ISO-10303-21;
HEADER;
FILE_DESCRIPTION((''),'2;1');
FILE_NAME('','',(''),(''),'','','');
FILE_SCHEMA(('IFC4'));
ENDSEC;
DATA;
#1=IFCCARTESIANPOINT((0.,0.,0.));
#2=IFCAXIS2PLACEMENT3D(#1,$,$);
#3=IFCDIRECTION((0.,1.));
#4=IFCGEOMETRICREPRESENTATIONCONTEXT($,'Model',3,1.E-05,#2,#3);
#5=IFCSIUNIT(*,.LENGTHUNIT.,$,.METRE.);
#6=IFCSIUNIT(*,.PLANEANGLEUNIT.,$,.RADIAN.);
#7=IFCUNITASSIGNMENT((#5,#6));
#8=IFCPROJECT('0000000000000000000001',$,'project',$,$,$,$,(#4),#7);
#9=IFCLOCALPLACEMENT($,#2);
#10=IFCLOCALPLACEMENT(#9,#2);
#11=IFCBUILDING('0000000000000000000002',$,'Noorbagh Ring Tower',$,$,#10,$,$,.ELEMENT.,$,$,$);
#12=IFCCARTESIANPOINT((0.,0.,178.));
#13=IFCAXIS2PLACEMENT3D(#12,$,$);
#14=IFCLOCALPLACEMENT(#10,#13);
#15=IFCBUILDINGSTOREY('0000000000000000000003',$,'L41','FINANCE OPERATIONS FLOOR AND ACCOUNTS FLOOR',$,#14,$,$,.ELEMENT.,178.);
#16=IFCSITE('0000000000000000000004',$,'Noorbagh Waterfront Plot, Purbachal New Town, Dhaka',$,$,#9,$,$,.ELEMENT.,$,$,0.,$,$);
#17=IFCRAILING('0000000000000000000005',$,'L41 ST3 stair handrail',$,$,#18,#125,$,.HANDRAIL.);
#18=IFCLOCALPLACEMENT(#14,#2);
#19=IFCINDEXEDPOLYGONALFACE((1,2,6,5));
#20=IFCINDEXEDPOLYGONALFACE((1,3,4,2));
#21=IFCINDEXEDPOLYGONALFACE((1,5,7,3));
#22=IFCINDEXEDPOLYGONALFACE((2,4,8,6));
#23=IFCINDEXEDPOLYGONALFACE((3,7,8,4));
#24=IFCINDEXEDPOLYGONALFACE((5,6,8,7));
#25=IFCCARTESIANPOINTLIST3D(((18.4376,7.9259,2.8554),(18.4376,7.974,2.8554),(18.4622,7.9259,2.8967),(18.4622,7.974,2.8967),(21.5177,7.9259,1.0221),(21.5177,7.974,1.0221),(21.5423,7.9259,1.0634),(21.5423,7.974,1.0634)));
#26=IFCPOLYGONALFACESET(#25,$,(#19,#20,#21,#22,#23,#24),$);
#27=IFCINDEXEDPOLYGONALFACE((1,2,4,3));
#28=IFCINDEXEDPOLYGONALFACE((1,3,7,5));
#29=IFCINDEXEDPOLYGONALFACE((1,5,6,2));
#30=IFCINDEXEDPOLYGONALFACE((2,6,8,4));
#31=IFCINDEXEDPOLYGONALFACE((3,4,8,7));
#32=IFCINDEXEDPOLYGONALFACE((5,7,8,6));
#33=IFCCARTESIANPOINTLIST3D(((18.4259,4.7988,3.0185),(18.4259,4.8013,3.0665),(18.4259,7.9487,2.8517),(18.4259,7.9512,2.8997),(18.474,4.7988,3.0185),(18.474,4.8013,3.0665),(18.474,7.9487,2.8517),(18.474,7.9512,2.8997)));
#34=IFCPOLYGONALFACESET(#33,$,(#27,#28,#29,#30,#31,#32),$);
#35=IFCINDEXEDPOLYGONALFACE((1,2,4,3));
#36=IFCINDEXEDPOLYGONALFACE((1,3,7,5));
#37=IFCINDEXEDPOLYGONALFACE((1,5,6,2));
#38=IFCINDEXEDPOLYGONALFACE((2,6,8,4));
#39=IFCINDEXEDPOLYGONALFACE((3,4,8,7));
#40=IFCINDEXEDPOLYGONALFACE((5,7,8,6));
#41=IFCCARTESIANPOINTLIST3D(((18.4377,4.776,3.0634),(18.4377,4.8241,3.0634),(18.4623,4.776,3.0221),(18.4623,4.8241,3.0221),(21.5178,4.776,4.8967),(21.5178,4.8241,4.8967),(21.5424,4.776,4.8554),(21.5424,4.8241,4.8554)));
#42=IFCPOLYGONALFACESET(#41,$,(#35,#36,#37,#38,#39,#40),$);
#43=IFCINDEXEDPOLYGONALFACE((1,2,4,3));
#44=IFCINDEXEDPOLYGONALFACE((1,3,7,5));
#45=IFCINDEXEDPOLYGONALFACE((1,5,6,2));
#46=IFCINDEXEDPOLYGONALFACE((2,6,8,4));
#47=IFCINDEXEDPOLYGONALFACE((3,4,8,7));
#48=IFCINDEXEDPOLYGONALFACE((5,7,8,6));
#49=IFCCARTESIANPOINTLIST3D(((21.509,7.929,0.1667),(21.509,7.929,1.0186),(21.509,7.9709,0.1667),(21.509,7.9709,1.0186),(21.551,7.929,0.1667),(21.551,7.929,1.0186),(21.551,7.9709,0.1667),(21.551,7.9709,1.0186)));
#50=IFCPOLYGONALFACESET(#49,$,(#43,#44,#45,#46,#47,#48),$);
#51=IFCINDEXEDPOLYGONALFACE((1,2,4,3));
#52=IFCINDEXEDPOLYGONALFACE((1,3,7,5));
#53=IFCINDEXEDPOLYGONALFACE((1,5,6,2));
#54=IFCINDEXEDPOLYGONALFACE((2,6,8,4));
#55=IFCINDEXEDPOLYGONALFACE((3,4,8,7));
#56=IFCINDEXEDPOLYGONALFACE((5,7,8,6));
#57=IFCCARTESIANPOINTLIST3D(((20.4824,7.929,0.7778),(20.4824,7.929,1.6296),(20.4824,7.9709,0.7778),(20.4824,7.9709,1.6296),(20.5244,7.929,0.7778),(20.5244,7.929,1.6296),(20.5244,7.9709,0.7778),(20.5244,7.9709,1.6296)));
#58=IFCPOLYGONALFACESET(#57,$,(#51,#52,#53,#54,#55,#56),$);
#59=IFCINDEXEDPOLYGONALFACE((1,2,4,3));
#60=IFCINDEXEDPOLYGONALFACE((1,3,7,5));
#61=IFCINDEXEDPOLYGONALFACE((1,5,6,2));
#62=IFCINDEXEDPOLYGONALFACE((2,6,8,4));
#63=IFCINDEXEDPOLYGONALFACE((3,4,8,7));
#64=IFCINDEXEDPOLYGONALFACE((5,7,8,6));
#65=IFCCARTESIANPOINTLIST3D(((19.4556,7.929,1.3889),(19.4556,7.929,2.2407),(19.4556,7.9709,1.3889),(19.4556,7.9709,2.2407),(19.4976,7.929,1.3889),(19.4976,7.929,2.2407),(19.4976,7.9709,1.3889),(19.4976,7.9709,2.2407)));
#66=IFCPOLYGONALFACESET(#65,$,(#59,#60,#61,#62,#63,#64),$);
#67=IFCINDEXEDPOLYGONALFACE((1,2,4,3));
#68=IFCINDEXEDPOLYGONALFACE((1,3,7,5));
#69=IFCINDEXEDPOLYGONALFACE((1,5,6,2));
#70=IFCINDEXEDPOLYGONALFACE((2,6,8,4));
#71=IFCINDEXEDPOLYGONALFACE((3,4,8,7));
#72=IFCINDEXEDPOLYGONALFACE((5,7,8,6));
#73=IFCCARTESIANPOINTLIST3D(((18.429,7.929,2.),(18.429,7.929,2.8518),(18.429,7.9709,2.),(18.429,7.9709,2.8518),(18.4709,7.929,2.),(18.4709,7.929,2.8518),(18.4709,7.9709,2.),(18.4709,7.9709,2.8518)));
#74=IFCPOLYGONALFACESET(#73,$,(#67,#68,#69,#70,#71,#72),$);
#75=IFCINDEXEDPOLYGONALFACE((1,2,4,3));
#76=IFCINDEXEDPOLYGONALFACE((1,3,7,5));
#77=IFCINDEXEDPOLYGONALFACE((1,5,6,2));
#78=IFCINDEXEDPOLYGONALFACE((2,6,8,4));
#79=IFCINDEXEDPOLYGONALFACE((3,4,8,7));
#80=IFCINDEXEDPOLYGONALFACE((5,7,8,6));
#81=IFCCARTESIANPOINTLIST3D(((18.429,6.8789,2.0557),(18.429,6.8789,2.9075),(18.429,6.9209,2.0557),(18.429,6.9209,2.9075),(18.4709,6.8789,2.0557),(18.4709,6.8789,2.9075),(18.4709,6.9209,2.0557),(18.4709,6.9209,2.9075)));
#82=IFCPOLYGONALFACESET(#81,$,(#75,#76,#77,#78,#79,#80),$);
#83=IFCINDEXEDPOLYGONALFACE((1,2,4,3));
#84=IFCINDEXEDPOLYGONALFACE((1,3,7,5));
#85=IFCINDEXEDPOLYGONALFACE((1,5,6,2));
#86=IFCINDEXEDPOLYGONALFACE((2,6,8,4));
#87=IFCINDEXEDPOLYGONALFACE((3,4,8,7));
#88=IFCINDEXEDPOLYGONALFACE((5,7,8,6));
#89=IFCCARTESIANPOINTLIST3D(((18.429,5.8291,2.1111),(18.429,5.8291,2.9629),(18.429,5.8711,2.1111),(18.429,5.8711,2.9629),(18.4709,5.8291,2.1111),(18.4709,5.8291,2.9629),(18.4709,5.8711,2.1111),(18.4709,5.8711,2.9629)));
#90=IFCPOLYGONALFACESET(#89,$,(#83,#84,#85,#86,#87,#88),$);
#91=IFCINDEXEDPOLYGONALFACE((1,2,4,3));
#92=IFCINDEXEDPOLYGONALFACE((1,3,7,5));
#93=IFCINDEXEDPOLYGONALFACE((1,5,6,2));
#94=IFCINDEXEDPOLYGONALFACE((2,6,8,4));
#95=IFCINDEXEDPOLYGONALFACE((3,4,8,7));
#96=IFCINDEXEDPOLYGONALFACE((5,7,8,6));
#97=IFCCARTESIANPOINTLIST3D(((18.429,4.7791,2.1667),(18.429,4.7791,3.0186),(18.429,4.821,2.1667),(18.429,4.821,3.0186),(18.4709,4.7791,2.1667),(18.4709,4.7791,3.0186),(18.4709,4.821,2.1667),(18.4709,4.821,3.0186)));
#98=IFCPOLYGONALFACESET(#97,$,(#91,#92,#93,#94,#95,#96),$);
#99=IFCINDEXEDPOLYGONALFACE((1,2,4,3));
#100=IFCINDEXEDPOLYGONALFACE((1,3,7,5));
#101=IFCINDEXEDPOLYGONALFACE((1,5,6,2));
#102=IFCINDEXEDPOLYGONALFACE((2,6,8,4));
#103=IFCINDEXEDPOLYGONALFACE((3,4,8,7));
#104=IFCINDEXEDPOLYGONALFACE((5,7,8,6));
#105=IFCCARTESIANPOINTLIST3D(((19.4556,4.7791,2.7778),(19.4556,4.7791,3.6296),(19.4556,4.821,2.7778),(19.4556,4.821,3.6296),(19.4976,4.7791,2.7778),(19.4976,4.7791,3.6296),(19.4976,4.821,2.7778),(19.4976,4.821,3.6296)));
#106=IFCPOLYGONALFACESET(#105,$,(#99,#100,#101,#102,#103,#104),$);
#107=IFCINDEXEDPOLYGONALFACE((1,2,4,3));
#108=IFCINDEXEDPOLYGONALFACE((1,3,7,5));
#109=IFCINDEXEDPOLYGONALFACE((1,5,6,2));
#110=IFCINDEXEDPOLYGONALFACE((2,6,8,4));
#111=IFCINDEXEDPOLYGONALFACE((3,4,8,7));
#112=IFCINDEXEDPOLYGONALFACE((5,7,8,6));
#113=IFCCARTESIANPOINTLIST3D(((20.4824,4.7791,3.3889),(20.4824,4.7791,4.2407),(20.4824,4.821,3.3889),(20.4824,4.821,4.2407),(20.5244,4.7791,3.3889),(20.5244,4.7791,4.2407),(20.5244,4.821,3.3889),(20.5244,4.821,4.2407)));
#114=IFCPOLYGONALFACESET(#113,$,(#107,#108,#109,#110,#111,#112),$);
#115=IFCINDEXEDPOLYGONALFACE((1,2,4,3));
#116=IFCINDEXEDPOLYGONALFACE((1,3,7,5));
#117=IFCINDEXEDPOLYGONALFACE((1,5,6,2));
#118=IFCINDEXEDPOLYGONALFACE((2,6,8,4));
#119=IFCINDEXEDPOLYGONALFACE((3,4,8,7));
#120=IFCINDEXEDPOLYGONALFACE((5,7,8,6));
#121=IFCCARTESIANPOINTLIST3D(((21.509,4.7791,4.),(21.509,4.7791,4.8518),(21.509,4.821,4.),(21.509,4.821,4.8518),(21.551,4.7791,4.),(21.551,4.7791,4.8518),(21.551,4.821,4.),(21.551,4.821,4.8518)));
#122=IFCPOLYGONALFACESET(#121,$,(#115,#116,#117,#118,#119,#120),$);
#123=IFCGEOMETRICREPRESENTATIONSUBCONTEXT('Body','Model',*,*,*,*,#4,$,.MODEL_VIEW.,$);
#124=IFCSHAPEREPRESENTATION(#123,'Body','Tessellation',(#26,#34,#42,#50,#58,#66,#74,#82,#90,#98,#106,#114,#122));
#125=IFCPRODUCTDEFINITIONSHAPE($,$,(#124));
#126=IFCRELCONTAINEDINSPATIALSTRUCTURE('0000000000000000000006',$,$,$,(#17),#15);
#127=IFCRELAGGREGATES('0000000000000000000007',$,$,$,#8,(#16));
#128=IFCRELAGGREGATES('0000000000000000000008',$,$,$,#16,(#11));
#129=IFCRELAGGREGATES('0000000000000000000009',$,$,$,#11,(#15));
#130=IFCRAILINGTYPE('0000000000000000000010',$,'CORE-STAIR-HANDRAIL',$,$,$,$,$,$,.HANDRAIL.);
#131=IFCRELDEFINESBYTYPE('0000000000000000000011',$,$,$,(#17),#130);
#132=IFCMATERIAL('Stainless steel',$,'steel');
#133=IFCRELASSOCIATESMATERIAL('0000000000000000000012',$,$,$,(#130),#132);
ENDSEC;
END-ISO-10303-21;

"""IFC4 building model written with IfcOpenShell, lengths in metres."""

from ifc_helpers import new_model, si_unit, direction, frame, origin, origin_2d, place, context, subcontext, project, spatial, rectangle, extrude, material, type_object, element, save


model = new_model("IFC4")

# Units and contexts
model_context = context("Model", 3, precision=1e-05, world=origin(), true_north=direction((0.0, 1.0)))
body_context = subcontext(model_context, "Body", "Model", "MODEL_VIEW")
ifc_project = project(units=[si_unit("LENGTHUNIT", "METRE"), si_unit("PLANEANGLEUNIT", "RADIAN")], contexts=[model_context])

# Site, building, storey
site_placement = place(None, origin())
site = spatial("IfcSite", under=ifc_project, at=site_placement, Name="Noorbagh Waterfront Plot, Purbachal New Town, Dhaka", CompositionType="ELEMENT", RefElevation=0.0)
building_placement = place(site_placement, origin())
building = spatial("IfcBuilding", under=site, at=building_placement, Name="Noorbagh Ring Tower", CompositionType="ELEMENT")
storey_placement = place(building_placement, frame((0.0, 0.0, 178.0)))
storey = spatial("IfcBuildingStorey", under=building, at=storey_placement, Name="L41", Description="FINANCE OPERATIONS FLOOR AND ACCOUNTS FLOOR", CompositionType="ELEMENT", Elevation=178.0)

# Railing
ifc_material_1 = material(Name="Stainless steel", Category="steel")
railing_type = type_object("IfcRailingType", Name="CORE-STAIR-HANDRAIL", PredefinedType="HANDRAIL", material=ifc_material_1)
railing_placement = place(storey_placement, frame((21.53, 7.95, 0.1667)))
element("IfcRailing", 1, at=railing_placement, inside=storey, type_object=railing_type, Name="L41 ST3 stair handrail", PredefinedType="HANDRAIL", context=body_context, shape_type="SweptSolid", body=[
    extrude(rectangle(XDim=0.0481, YDim=0.0481, at=origin_2d()), frame((0.0, 0.0, 0.876), z_axis=(-0.859309, 0.0, 0.511458), x_axis=(0.0, -1.0, 0.0)), (0.0, 0.0, 1.0), 3.5845),
    extrude(rectangle(XDim=0.0481, YDim=0.0481, at=origin_2d()), frame((-3.0801, 0.0, 2.709), z_axis=(0.0, -0.998602, 0.052864), x_axis=(1.0, 0.0, 0.0)), (0.0, 0.0, 1.0), 3.1543),
    extrude(rectangle(XDim=0.0481, YDim=0.0481, at=origin_2d()), frame((-3.0801, -3.1499, 2.876), z_axis=(0.859309, 0.0, 0.511458), x_axis=(0.0, 1.0, 0.0)), (0.0, 0.0, 1.0), 3.5845),
    extrude(rectangle(XDim=0.042, YDim=0.042, at=origin_2d()), origin(), (0.0, 0.0, 1.0), 0.8518),
    extrude(rectangle(XDim=0.042, YDim=0.042, at=origin_2d()), frame((-1.0266, 0.0, 0.6111)), (0.0, 0.0, 1.0), 0.8518),
    extrude(rectangle(XDim=0.042, YDim=0.042, at=origin_2d()), frame((-2.0535, 0.0, 1.2222)), (0.0, 0.0, 1.0), 0.8518),
    extrude(rectangle(XDim=0.042, YDim=0.042, at=origin_2d()), frame((-3.0801, 0.0, 1.8333)), (0.0, 0.0, 1.0), 0.8518),
    extrude(rectangle(XDim=0.042, YDim=0.042, at=origin_2d()), frame((-3.0801, -1.05, 1.8889)), (0.0, 0.0, 1.0), 0.8518),
    extrude(rectangle(XDim=0.042, YDim=0.042, at=origin_2d()), frame((-3.0801, -2.0999, 1.9443)), (0.0, 0.0, 1.0), 0.8518),
    extrude(rectangle(XDim=0.042, YDim=0.042, at=origin_2d()), frame((-3.0801, -3.1499, 2.0)), (0.0, 0.0, 1.0), 0.8518),
    extrude(rectangle(XDim=0.042, YDim=0.042, at=origin_2d()), frame((-2.0535, -3.1499, 2.6111)), (0.0, 0.0, 1.0), 0.8518),
    extrude(rectangle(XDim=0.042, YDim=0.042, at=origin_2d()), frame((-1.0266, -3.1499, 3.2222)), (0.0, 0.0, 1.0), 0.8518),
    extrude(rectangle(XDim=0.042, YDim=0.042, at=origin_2d()), frame((0.0, -3.1499, 3.8333)), (0.0, 0.0, 1.0), 0.8518),
])

save(model, "model.ifc")
